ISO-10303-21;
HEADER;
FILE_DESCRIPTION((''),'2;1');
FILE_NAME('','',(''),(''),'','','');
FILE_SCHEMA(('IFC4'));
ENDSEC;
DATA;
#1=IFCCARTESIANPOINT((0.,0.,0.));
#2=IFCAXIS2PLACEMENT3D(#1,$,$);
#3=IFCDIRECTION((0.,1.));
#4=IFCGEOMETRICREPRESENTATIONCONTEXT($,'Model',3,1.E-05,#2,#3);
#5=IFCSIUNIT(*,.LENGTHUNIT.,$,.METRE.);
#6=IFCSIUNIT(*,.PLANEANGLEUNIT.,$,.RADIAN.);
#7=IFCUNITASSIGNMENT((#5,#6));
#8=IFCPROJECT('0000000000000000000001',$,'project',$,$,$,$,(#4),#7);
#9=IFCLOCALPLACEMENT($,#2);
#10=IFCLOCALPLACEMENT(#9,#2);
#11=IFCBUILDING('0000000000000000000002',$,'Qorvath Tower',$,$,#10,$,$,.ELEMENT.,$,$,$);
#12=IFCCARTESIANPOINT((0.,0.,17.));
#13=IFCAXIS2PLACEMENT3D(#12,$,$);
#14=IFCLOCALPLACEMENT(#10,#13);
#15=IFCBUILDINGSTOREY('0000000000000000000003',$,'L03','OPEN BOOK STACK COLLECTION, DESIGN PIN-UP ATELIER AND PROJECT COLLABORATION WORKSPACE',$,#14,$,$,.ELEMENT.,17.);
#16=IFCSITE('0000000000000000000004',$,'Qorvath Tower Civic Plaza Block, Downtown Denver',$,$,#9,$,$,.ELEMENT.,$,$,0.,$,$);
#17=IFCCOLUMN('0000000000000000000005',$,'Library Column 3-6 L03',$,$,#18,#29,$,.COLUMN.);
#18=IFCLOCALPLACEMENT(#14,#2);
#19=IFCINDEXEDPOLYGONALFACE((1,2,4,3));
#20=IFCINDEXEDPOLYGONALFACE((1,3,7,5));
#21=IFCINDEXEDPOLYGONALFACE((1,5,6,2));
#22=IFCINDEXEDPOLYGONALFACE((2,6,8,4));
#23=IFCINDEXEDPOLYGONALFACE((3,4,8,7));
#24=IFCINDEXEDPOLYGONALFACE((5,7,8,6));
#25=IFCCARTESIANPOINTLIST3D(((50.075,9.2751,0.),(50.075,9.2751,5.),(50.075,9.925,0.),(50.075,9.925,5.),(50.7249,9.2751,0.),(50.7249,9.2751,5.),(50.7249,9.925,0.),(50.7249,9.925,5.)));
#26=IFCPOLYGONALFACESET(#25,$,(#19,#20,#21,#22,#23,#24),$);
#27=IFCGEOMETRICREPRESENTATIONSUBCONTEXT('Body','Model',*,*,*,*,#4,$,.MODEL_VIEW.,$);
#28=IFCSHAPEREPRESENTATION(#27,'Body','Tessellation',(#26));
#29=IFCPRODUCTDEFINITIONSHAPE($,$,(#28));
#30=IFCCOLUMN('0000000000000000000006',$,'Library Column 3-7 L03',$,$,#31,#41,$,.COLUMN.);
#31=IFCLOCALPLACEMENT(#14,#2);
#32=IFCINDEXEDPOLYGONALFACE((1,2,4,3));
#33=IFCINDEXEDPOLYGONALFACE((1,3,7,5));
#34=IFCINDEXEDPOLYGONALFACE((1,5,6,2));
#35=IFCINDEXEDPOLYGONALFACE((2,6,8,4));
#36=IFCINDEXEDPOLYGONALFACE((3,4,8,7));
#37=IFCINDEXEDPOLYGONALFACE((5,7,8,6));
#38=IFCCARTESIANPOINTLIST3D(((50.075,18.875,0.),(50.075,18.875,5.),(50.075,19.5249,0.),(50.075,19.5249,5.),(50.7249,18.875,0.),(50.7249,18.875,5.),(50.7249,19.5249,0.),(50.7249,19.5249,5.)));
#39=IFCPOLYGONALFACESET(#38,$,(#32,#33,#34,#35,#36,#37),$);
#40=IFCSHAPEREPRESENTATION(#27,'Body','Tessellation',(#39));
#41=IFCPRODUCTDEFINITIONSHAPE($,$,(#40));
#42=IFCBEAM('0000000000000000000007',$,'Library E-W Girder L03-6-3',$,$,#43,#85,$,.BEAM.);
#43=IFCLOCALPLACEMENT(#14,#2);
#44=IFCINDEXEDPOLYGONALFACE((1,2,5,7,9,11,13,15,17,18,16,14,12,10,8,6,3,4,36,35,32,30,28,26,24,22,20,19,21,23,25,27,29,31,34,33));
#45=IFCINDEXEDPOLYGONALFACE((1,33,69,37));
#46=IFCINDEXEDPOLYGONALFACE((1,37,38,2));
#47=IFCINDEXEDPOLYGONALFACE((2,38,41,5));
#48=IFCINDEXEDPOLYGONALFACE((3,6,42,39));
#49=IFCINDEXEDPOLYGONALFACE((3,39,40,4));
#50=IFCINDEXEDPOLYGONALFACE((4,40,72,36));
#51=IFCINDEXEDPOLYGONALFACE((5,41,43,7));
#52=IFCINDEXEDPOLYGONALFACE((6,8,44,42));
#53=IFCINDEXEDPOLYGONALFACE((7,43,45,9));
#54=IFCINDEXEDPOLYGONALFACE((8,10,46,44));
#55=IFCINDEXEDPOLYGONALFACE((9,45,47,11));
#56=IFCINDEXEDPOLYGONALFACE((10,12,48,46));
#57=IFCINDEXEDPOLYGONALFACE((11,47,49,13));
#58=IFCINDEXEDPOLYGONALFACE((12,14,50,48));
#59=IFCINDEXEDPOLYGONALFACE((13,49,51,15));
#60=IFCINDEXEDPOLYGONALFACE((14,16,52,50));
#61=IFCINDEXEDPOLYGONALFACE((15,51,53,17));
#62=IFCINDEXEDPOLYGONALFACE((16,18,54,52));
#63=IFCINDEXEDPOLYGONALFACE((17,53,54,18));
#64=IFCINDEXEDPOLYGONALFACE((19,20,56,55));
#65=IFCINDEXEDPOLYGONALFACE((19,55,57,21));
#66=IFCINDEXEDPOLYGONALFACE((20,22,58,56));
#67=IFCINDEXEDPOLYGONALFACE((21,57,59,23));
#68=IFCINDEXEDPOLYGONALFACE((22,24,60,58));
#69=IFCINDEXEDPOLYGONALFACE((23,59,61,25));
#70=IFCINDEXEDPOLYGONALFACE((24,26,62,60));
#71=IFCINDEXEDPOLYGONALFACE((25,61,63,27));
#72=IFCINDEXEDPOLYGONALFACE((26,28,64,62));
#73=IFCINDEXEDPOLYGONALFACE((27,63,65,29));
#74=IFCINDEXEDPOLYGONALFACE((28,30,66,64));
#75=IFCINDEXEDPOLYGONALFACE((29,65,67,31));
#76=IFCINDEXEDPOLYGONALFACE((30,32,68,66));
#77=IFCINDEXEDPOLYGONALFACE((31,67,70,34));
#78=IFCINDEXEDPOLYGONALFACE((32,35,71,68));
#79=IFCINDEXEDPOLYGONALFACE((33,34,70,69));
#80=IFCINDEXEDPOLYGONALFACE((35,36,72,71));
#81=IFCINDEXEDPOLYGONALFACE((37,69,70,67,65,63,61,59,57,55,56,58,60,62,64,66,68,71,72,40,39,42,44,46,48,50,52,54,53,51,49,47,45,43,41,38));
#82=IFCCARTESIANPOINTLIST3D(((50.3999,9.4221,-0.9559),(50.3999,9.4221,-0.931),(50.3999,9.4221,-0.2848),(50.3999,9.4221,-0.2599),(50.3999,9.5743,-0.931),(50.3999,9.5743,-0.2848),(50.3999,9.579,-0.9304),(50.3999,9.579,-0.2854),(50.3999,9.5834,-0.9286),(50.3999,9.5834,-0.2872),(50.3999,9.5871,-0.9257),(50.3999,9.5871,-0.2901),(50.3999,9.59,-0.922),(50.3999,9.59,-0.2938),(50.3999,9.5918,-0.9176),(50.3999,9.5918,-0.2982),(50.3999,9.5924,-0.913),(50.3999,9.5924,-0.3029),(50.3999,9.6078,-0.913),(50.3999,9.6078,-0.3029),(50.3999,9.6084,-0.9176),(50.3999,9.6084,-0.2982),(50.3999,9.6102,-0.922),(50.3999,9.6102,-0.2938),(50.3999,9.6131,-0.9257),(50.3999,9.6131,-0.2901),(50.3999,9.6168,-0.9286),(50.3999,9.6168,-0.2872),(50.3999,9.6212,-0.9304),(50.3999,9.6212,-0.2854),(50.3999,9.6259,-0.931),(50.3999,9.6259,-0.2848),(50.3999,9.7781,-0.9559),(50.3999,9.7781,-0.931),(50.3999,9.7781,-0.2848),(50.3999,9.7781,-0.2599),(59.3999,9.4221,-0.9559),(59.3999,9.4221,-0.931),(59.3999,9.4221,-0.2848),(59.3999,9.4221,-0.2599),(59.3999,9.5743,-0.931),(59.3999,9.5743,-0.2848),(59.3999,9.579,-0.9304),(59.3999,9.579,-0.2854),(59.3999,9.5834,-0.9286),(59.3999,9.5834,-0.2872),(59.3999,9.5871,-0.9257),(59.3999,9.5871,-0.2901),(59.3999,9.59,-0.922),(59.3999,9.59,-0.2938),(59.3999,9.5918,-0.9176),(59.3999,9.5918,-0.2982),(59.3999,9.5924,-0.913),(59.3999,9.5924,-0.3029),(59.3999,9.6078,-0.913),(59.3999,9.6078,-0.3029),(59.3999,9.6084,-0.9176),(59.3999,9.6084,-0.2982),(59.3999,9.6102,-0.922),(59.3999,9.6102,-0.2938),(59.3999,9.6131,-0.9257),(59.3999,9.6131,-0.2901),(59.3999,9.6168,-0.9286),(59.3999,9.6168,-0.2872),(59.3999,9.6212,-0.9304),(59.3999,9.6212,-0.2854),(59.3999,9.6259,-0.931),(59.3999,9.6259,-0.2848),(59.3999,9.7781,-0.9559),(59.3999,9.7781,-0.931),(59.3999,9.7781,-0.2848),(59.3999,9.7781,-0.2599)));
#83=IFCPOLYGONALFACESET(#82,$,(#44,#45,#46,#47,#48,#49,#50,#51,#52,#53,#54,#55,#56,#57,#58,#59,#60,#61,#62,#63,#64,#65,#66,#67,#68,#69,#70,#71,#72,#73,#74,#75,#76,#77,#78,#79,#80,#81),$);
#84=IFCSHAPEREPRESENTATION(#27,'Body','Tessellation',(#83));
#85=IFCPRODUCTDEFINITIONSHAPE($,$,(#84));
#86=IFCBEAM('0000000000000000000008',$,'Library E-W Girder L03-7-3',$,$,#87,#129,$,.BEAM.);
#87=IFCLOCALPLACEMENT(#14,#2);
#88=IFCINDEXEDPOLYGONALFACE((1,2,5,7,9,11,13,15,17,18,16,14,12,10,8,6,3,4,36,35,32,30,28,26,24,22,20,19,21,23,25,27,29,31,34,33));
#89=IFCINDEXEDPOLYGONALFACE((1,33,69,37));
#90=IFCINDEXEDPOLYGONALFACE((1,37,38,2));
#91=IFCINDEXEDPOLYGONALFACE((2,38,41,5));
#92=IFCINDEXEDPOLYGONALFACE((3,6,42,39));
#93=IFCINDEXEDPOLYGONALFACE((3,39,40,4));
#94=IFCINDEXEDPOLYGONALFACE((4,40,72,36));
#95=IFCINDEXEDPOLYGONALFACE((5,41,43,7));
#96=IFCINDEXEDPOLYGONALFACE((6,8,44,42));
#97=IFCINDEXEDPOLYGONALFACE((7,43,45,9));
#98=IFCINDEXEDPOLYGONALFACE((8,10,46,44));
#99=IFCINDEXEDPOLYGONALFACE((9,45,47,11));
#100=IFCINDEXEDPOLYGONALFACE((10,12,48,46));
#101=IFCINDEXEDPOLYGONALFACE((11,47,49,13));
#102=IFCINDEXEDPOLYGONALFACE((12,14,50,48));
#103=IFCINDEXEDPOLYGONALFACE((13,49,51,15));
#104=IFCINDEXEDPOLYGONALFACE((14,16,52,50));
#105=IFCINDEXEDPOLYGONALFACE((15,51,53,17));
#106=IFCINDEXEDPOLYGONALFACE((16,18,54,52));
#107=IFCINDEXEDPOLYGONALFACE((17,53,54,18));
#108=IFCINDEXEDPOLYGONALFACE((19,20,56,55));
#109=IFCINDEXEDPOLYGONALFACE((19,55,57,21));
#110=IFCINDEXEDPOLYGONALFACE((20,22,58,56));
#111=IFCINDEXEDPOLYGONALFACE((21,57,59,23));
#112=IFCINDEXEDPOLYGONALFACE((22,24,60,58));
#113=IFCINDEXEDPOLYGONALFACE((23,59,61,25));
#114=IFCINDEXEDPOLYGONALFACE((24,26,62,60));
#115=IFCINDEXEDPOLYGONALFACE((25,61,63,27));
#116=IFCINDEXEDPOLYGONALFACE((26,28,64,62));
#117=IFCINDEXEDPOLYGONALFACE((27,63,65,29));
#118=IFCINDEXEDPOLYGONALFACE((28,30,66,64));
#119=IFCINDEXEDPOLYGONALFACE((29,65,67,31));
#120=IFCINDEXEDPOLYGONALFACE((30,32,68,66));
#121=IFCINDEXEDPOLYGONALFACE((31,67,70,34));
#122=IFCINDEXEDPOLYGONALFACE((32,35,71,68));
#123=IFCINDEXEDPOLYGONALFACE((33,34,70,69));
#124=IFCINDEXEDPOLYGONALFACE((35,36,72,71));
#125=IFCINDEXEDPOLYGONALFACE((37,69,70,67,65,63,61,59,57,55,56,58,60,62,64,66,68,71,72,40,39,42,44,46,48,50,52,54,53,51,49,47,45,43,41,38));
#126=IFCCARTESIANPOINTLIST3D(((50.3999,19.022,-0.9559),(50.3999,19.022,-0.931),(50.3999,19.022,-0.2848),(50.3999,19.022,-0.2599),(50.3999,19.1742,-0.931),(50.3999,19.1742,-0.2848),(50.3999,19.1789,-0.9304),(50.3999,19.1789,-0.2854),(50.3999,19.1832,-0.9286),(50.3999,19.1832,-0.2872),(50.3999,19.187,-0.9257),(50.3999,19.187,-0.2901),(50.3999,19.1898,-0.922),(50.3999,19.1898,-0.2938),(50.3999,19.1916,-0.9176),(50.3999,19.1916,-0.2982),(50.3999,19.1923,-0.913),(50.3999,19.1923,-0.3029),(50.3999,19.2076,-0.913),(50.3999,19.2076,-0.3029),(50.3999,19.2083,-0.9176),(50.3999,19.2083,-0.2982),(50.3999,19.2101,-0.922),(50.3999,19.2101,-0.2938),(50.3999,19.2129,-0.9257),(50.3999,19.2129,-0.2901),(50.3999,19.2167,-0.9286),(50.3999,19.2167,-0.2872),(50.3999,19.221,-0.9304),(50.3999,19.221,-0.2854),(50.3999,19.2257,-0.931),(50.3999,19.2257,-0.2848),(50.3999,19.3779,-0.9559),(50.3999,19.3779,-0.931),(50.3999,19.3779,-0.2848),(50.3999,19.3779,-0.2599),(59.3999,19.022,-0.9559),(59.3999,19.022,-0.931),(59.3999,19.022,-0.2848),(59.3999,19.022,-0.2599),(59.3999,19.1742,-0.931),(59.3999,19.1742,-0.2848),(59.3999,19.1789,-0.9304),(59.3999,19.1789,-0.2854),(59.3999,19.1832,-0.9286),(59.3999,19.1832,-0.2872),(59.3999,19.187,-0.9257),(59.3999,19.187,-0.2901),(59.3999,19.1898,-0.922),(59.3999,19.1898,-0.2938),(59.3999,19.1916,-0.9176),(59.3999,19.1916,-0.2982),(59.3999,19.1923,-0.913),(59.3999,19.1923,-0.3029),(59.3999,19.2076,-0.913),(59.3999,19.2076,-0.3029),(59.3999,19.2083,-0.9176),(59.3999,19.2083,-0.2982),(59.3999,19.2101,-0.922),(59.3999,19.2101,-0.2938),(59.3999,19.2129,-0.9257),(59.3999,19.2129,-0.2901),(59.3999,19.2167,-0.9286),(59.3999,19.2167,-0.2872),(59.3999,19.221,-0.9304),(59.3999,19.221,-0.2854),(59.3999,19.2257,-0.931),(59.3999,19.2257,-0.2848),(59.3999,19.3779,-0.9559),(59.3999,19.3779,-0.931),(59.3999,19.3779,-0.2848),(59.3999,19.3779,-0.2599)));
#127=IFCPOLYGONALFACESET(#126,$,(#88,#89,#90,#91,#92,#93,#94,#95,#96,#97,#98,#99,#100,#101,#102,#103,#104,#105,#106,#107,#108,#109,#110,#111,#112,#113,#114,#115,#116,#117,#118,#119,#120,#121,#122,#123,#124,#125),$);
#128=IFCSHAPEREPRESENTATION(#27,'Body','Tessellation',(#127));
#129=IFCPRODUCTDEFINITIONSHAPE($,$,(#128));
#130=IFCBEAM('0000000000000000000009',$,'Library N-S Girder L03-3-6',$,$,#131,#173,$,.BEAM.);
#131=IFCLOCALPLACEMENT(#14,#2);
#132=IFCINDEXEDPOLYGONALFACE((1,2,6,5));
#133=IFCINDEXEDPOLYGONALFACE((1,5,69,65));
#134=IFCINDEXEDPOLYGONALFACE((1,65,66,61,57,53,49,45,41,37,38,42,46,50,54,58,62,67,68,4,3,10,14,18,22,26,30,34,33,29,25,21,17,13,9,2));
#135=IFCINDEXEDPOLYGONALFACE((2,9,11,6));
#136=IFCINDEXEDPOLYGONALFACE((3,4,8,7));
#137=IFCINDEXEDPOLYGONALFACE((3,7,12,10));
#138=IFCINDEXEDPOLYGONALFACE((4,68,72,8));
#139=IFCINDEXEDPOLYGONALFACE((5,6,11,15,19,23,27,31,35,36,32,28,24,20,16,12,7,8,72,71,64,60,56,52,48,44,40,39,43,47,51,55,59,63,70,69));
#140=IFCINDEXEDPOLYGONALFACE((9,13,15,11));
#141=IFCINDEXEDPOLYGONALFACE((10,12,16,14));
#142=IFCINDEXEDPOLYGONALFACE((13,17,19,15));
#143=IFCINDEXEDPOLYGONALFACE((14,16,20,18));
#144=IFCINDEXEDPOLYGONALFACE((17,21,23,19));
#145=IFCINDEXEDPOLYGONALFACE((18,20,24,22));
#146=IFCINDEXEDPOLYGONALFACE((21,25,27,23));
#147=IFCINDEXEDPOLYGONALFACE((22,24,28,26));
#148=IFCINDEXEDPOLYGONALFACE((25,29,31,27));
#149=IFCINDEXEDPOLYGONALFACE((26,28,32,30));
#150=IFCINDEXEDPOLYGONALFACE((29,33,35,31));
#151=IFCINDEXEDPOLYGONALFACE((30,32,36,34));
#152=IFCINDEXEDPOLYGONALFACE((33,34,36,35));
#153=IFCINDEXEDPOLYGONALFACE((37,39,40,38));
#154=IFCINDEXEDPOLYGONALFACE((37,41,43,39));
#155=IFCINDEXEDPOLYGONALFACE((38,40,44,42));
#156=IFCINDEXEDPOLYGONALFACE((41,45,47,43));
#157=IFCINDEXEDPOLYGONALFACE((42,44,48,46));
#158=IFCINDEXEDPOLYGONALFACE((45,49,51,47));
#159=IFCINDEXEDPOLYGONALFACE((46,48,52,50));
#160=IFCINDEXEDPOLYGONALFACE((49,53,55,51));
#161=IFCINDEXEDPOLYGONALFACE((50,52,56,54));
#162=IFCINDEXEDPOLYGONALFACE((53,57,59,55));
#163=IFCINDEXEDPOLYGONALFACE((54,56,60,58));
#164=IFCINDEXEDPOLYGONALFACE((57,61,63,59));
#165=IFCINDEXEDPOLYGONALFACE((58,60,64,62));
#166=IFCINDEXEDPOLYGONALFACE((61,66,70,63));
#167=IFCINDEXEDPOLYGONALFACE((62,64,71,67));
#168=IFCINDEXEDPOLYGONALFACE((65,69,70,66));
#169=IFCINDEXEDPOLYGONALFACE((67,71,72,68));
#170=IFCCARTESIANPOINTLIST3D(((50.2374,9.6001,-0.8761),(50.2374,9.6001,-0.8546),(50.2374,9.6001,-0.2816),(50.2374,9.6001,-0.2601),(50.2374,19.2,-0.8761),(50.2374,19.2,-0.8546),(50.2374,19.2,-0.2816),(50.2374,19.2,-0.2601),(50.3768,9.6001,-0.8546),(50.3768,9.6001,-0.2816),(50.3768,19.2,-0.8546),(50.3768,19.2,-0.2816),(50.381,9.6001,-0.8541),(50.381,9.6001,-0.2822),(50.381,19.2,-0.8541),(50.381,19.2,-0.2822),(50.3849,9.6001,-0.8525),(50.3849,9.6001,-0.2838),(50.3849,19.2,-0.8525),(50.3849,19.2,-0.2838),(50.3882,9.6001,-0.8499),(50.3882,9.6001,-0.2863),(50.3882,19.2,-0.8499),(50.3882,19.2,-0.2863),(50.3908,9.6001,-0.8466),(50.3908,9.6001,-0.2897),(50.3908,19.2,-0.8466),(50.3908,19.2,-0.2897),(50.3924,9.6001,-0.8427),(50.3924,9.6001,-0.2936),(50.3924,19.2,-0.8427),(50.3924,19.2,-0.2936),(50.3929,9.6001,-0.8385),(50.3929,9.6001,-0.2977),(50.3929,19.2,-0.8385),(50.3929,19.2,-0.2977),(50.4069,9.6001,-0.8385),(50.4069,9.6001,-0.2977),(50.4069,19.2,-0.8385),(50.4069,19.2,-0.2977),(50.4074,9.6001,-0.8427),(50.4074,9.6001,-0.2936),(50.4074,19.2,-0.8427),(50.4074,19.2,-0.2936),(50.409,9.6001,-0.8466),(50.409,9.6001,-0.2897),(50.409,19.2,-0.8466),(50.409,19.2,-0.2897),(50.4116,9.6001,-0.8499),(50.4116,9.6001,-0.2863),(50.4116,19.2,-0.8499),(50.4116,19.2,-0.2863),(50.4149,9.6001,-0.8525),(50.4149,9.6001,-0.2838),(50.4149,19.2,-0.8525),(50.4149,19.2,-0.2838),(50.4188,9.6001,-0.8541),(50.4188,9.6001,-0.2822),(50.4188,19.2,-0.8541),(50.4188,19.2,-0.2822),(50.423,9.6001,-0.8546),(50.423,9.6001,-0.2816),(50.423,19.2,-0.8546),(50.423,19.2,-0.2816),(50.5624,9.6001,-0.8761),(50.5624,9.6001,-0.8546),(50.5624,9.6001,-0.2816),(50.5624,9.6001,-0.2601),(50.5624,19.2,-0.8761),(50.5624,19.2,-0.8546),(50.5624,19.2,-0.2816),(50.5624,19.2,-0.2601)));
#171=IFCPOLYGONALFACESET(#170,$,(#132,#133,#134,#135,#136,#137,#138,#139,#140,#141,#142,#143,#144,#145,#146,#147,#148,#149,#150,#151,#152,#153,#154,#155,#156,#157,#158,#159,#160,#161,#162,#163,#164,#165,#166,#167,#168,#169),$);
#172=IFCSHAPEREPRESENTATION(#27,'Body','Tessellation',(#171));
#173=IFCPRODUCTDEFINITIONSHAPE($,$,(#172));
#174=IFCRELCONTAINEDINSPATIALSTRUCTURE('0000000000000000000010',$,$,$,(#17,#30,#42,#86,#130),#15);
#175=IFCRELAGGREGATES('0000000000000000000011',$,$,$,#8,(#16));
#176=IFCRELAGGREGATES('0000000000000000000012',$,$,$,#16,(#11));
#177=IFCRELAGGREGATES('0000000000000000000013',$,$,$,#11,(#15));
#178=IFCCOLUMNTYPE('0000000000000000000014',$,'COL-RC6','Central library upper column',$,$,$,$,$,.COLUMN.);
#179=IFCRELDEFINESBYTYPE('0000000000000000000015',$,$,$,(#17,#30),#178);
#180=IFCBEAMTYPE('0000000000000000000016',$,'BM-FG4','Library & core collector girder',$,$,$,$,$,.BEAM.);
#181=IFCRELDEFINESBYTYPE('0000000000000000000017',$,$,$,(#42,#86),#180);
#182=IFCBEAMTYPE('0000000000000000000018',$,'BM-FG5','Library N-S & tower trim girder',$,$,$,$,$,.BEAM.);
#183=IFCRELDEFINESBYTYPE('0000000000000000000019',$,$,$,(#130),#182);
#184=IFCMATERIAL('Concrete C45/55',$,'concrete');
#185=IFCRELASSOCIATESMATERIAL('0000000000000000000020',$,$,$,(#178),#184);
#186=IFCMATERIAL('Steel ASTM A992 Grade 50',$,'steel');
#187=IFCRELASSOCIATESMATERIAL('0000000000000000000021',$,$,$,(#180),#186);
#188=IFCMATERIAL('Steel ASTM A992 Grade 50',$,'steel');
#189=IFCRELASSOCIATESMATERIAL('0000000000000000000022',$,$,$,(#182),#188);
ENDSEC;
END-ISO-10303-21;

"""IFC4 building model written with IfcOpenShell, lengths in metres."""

from ifc_helpers import new_model, si_unit, direction, frame, origin, origin_2d, place, context, subcontext, project, spatial, rectangle, i_section, extrude, material, material_profile, profile_set, type_object, element, save


model = new_model("IFC4")

# Units and contexts
model_context = context("Model", 3, precision=1e-05, world=origin(), true_north=direction((0.0, 1.0)))
body_context = subcontext(model_context, "Body", "Model", "MODEL_VIEW")
ifc_project = project(units=[si_unit("LENGTHUNIT", "METRE"), si_unit("PLANEANGLEUNIT", "RADIAN")], contexts=[model_context])

# Site, building, storey
site_placement = place(None, origin())
site = spatial("IfcSite", under=ifc_project, at=site_placement, Name="Qorvath Tower Civic Plaza Block, Downtown Denver", CompositionType="ELEMENT", RefElevation=0.0)
building_placement = place(site_placement, origin())
building = spatial("IfcBuilding", under=site, at=building_placement, Name="Qorvath Tower", CompositionType="ELEMENT")
storey_placement = place(building_placement, frame((0.0, 0.0, 17.0)))
storey = spatial("IfcBuildingStorey", under=building, at=storey_placement, Name="L03", Description="OPEN BOOK STACK COLLECTION, DESIGN PIN-UP ATELIER AND PROJECT COLLABORATION WORKSPACE", CompositionType="ELEMENT", Elevation=17.0)

# Columns
ifc_material_1 = material(Name="Concrete C45/55", Category="concrete")
ifc_material_profile_1 = material_profile(ifc_material_1, rectangle(XDim=0.6499, YDim=0.6499, at=origin_2d()), Name="RC 650x650")
ifc_profile_set_1 = profile_set([ifc_material_profile_1], Name="Concrete C45/55")
column_type = type_object("IfcColumnType", Name="COL-RC6", Description="Central library upper column", PredefinedType="COLUMN", material=ifc_profile_set_1)
for number, where, z_axis, x_axis, name in (
    (1, (50.3999, 9.6001, 0.0), (0.0, 0.0, 1.0), (1.0, 0.0, 0.0), "Library Column 3-6 L03"),
    (2, (50.3999, 19.2, 0.0), (0.0, 0.0, 1.0), (1.0, 0.0, 0.0), "Library Column 3-7 L03"),
):
    element("IfcColumn", number, at=place(storey_placement, frame(where, z_axis=z_axis, x_axis=x_axis)), inside=storey, type_object=column_type, Name=name, PredefinedType="COLUMN", context=body_context, shape_type="SweptSolid", body=[
        extrude(rectangle(XDim=0.6499, YDim=0.6499, at=origin_2d()), origin(), (0.0, 0.0, 1.0), 5.0),
    ])

# Beams
ifc_material_2 = material(Name="Steel ASTM A992 Grade 50", Category="steel")
ifc_material_profile_2 = material_profile(ifc_material_2, i_section(OverallWidth=0.356, OverallDepth=0.696, WebThickness=0.0154, FlangeThickness=0.0249, FilletRadius=0.0181, at=origin_2d()), Name="W27x146")
ifc_profile_set_2 = profile_set([ifc_material_profile_2], Name="Steel ASTM A992 Grade 50")
beam_type_1 = type_object("IfcBeamType", Name="BM-FG4", Description="Library & core collector girder", PredefinedType="BEAM", material=ifc_profile_set_2)
for number, where, z_axis, x_axis, name in (
    (3, (50.3999, 9.6001, -0.6079), (1.0, 0.0, 0.0), (0.0, 1.0, 0.0), "Library E-W Girder L03-6-3"),
    (4, (50.3999, 19.2, -0.6079), (1.0, 0.0, 0.0), (0.0, 1.0, 0.0), "Library E-W Girder L03-7-3"),
):
    element("IfcBeam", number, at=place(storey_placement, frame(where, z_axis=z_axis, x_axis=x_axis)), inside=storey, type_object=beam_type_1, Name=name, PredefinedType="BEAM", context=body_context, shape_type="SweptSolid", body=[
        extrude(i_section(OverallWidth=0.356, OverallDepth=0.696, WebThickness=0.0154, FlangeThickness=0.0249, FilletRadius=0.0181, at=origin_2d()), origin(), (0.0, 0.0, 1.0), 9.0),
    ])
ifc_material_3 = material(Name="Steel ASTM A992 Grade 50", Category="steel")
ifc_material_profile_3 = material_profile(ifc_material_3, i_section(OverallWidth=0.325, OverallDepth=0.616, WebThickness=0.0139, FlangeThickness=0.0215, FilletRadius=0.0161, at=origin_2d()), Name="W24x117")
ifc_profile_set_3 = profile_set([ifc_material_profile_3], Name="Steel ASTM A992 Grade 50")
beam_type_2 = type_object("IfcBeamType", Name="BM-FG5", Description="Library N-S & tower trim girder", PredefinedType="BEAM", material=ifc_profile_set_3)
beam_1_placement = place(storey_placement, frame((50.3999, 9.6001, -0.5681), z_axis=(0.0, 1.0, 0.0), x_axis=(-1.0, 0.0, 0.0)))
element("IfcBeam", 5, at=beam_1_placement, inside=storey, type_object=beam_type_2, Name="Library N-S Girder L03-3-6", PredefinedType="BEAM", context=body_context, shape_type="SweptSolid", body=[
    extrude(i_section(OverallWidth=0.325, OverallDepth=0.616, WebThickness=0.0139, FlangeThickness=0.0215, FilletRadius=0.0161, at=origin_2d()), origin(), (0.0, 0.0, 1.0), 9.5999),
])

save(model, "model.ifc")
